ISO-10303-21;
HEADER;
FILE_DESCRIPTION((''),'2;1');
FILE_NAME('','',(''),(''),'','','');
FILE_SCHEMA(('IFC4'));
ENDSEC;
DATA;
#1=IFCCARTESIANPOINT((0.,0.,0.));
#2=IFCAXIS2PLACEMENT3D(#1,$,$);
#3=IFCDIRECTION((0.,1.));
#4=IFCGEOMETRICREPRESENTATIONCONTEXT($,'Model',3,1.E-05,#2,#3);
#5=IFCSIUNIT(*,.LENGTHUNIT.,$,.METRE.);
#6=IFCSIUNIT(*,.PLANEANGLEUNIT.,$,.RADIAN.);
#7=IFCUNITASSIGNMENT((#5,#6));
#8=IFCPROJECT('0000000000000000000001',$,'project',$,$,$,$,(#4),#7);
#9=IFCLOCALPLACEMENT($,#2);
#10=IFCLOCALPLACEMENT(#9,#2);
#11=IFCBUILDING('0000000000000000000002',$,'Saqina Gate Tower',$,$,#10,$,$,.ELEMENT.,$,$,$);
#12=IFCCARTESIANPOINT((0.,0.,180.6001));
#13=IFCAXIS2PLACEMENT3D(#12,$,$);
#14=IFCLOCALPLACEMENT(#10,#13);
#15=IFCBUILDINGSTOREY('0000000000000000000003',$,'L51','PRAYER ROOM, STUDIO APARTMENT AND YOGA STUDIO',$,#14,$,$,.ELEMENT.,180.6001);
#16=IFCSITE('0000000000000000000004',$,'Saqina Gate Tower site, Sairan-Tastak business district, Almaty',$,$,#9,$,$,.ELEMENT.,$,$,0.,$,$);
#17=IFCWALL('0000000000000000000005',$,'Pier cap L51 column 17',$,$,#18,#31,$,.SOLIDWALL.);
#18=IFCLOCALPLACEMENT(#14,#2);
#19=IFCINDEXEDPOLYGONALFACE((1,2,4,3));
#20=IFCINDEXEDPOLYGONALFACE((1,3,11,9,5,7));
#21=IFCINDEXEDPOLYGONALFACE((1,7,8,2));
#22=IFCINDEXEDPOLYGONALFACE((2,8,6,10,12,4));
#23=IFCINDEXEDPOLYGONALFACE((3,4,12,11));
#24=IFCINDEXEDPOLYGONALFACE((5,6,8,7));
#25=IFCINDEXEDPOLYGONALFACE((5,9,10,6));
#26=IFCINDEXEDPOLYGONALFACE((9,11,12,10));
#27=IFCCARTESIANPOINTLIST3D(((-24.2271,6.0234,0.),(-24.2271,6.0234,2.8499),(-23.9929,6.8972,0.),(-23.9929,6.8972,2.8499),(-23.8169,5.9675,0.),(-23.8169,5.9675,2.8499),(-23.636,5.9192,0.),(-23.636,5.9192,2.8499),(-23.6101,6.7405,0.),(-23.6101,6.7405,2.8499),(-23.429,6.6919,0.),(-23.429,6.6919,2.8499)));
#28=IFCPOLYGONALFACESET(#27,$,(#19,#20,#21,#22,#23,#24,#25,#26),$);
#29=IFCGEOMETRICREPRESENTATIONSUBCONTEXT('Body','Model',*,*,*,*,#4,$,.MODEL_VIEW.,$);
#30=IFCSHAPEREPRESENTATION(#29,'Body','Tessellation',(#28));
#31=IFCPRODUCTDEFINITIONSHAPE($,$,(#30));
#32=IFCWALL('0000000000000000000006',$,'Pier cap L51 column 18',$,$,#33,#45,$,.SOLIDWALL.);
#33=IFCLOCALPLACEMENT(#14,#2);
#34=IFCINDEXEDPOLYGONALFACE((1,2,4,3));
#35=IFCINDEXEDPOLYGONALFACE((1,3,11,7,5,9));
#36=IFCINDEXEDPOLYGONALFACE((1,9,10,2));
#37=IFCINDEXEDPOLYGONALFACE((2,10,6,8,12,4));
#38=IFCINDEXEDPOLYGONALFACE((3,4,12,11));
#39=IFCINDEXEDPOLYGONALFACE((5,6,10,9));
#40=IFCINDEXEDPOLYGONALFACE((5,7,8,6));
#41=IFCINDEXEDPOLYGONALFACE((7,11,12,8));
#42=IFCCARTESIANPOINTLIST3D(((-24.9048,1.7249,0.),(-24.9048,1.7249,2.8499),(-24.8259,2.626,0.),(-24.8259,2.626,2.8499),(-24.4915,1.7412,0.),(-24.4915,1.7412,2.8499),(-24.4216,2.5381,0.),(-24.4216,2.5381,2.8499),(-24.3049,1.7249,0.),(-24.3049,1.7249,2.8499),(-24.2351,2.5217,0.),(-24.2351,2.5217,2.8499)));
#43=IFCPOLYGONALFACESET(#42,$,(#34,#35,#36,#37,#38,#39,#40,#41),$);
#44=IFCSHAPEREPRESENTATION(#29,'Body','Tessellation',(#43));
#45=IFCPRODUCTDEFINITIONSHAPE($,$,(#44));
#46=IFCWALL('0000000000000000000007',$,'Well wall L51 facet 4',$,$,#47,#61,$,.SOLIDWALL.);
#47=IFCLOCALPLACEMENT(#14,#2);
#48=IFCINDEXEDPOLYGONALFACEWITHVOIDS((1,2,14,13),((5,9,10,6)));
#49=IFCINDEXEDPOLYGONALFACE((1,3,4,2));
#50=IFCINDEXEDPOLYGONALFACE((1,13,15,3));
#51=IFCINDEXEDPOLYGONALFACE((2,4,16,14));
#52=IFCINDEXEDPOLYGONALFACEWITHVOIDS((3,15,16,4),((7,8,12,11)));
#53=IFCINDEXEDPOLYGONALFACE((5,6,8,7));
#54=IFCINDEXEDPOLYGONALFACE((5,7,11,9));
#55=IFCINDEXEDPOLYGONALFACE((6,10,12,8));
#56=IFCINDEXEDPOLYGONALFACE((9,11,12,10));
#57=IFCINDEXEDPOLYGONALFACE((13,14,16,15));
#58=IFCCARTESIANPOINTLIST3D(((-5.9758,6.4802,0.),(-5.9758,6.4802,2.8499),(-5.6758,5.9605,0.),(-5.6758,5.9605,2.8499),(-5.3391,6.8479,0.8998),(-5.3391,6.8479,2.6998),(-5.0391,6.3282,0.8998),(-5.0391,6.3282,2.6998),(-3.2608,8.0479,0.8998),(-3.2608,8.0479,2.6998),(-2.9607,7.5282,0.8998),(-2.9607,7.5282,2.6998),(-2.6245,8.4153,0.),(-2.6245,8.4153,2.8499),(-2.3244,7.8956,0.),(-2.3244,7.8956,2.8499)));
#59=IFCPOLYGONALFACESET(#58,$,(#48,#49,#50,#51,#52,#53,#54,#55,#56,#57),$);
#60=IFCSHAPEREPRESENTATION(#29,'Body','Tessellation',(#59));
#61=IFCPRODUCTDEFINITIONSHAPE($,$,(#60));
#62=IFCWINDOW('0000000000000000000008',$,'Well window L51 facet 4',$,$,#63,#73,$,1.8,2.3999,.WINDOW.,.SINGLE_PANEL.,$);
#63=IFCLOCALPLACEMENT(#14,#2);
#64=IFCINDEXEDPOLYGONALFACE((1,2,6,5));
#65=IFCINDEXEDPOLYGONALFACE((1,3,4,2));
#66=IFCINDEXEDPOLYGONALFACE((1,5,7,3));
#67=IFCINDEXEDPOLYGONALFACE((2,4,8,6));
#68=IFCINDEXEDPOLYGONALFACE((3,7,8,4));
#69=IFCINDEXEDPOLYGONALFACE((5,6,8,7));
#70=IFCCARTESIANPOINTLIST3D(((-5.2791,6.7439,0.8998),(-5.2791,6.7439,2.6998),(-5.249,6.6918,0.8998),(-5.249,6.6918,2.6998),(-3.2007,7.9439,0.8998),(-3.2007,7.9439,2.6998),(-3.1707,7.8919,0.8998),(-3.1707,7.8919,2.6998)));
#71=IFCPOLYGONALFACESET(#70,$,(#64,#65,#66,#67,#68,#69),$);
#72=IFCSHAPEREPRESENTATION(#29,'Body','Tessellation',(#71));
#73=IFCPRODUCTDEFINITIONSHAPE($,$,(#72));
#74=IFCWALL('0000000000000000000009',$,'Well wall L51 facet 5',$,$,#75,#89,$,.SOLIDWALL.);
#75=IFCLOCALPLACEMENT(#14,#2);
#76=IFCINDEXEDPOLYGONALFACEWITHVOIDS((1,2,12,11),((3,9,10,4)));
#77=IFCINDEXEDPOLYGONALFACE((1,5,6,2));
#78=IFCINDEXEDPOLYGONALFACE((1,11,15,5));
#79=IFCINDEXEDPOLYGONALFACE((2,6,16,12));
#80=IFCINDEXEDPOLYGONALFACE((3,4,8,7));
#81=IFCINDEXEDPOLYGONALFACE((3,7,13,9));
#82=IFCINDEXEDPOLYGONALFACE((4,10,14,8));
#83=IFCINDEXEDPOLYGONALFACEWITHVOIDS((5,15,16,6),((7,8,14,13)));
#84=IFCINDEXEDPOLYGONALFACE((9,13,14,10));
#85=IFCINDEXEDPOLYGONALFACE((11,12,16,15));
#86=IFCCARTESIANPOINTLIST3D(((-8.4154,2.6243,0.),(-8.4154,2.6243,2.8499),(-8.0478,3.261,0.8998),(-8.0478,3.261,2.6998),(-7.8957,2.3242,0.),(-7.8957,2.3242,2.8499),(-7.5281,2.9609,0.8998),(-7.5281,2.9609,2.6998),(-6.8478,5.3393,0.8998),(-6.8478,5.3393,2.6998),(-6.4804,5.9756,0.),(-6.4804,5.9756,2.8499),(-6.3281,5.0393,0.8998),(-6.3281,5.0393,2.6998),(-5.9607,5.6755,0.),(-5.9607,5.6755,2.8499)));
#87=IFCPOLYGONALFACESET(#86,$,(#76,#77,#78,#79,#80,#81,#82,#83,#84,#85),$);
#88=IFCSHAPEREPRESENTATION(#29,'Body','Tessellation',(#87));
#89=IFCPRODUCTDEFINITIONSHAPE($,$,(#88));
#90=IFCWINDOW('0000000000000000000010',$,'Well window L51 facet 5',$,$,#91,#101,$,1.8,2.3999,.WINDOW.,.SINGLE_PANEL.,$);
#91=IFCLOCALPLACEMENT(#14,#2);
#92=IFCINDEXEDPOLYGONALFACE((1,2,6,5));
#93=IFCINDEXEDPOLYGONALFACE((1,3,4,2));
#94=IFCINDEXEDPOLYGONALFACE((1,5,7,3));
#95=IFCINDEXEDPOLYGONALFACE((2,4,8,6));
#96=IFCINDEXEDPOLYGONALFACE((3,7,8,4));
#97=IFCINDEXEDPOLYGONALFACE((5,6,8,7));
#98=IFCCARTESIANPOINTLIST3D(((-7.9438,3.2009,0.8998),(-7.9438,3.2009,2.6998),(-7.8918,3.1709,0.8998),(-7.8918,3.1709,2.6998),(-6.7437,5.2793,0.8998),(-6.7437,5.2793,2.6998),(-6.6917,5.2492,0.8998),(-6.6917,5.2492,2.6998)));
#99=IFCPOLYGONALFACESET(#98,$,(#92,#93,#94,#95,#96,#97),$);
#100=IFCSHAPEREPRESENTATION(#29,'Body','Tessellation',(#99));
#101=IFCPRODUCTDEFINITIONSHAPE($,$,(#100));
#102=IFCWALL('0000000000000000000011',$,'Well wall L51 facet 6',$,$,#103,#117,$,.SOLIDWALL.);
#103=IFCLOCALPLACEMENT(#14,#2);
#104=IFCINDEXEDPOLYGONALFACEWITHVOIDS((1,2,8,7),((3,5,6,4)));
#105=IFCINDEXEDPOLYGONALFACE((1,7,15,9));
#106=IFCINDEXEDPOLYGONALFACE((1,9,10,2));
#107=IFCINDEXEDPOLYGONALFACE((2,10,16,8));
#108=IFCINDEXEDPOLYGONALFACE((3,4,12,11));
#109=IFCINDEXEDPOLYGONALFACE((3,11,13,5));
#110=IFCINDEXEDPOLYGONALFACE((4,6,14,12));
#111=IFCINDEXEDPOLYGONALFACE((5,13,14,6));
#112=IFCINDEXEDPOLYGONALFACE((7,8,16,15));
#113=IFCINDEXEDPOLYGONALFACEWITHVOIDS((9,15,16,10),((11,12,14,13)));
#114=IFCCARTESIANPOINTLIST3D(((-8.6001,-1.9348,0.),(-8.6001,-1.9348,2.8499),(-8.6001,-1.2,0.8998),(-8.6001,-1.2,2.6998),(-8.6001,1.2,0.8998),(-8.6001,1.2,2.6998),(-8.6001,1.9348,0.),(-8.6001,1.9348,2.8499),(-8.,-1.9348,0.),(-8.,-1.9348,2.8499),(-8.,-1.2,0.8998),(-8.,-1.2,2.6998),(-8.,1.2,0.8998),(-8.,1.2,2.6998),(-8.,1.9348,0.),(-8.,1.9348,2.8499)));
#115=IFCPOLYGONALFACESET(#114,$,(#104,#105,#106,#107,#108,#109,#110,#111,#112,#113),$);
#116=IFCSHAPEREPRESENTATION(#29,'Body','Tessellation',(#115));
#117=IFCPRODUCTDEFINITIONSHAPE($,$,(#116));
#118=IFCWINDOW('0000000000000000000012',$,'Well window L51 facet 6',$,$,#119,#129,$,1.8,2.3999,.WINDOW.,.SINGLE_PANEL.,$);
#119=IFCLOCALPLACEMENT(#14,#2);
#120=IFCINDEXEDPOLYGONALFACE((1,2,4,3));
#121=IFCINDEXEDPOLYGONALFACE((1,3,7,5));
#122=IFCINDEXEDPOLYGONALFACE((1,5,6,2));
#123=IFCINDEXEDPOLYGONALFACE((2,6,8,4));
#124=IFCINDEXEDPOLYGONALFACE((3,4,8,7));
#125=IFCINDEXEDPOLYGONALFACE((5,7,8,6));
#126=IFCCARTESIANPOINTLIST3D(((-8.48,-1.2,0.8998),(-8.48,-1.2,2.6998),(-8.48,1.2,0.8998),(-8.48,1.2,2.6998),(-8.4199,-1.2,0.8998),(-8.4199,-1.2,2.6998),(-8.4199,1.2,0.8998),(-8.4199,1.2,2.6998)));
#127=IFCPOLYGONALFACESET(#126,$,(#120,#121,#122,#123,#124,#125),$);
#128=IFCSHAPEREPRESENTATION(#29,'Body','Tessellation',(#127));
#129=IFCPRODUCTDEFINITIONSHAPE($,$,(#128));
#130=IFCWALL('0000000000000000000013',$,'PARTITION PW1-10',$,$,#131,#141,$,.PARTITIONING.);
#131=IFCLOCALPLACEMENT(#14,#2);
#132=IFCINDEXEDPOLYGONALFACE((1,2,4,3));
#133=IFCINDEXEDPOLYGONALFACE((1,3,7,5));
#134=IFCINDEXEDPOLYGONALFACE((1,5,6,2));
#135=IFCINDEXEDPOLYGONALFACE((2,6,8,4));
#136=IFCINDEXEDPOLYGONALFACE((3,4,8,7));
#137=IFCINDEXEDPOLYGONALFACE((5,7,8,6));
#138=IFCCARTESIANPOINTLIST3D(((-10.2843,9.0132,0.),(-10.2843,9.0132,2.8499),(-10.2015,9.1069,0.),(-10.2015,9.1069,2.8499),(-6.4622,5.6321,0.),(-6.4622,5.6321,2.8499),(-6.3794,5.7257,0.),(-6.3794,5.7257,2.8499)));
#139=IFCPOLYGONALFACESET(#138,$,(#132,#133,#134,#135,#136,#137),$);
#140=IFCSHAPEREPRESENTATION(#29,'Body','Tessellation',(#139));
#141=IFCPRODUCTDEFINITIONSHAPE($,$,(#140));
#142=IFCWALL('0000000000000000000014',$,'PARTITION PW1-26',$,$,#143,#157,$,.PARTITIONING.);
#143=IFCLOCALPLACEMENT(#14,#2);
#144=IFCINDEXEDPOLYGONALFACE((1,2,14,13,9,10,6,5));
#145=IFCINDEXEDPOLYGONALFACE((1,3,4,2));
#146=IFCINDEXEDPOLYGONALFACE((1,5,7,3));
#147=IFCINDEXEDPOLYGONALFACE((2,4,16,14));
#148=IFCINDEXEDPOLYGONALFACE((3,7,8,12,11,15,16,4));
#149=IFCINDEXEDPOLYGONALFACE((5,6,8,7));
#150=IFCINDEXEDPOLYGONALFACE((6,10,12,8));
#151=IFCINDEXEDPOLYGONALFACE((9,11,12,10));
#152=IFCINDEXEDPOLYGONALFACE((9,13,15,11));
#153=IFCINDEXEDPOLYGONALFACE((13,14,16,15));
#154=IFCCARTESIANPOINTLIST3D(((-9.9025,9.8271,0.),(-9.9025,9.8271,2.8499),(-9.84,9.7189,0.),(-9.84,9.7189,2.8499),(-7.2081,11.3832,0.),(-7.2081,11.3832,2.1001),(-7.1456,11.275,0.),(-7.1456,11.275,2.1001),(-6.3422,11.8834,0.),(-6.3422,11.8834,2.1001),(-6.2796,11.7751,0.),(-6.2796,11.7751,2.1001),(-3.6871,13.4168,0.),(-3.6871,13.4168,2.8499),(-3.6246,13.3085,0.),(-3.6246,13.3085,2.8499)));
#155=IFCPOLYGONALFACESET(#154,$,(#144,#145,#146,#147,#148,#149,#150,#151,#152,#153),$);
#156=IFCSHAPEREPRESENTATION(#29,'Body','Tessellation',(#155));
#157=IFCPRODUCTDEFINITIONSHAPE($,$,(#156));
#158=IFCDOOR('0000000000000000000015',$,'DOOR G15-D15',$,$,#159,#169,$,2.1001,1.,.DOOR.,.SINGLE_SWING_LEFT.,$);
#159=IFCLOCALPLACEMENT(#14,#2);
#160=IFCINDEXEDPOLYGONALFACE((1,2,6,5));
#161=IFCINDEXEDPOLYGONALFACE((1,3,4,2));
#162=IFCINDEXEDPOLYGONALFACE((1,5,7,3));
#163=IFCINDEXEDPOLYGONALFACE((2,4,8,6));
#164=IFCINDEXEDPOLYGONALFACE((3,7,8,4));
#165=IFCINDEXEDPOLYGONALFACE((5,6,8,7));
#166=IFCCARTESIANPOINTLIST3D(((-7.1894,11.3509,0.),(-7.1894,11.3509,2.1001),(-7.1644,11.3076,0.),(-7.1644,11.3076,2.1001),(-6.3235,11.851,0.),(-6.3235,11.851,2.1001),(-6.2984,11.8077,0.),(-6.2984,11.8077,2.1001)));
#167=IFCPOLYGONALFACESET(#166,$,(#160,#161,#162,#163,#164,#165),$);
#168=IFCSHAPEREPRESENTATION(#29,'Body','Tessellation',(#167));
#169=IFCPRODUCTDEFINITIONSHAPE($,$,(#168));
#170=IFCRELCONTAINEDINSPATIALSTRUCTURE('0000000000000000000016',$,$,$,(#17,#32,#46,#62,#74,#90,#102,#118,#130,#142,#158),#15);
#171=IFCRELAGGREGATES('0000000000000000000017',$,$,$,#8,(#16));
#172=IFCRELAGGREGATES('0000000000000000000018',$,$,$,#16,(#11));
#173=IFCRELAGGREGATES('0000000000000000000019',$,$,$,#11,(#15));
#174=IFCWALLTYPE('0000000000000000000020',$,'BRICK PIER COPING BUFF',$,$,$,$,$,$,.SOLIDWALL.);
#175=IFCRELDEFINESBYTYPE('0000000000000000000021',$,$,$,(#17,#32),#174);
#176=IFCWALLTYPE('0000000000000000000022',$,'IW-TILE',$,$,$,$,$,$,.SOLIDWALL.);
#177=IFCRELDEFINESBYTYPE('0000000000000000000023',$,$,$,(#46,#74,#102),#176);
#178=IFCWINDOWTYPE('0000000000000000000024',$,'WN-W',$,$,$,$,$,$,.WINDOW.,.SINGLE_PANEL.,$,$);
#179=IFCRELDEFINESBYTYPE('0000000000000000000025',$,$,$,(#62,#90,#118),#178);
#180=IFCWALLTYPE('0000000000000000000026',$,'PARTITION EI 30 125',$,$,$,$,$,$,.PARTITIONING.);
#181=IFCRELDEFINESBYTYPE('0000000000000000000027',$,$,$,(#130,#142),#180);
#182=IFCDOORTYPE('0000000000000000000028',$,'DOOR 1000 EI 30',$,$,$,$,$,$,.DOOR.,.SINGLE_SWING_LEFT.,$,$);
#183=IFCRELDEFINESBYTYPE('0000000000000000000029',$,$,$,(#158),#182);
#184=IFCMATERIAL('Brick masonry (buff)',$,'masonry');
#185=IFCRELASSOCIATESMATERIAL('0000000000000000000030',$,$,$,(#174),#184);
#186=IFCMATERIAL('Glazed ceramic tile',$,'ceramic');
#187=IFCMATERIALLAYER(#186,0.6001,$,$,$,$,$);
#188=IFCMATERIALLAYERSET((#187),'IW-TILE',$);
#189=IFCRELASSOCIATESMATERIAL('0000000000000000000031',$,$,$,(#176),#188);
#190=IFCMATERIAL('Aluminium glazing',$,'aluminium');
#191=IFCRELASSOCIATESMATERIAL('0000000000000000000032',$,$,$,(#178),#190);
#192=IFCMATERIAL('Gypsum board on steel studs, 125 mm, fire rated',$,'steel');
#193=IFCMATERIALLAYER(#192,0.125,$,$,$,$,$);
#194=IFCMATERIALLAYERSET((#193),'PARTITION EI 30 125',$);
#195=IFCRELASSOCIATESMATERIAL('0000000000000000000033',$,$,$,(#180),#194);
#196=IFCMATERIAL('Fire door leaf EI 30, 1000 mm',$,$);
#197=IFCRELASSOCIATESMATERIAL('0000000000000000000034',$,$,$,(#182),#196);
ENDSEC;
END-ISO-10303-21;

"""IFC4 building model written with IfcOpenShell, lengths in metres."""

from ifc_helpers import new_model, si_unit, direction, frame, frame_2d, origin, place, context, subcontext, project, spatial, polyline, rectangle, outline, extrude, material, layer, layer_set, type_object, element, fill, save


model = new_model("IFC4")

# Units and contexts
model_context = context("Model", 3, precision=1e-05, world=origin(), true_north=direction((0.0, 1.0)))
body_context = subcontext(model_context, "Body", "Model", "MODEL_VIEW")
ifc_project = project(units=[si_unit("LENGTHUNIT", "METRE"), si_unit("PLANEANGLEUNIT", "RADIAN")], contexts=[model_context])

# Site, building, storey
site_placement = place(None, origin())
site = spatial("IfcSite", under=ifc_project, at=site_placement, Name="Saqina Gate Tower site, Sairan-Tastak business district, Almaty", CompositionType="ELEMENT", RefElevation=0.0)
building_placement = place(site_placement, origin())
building = spatial("IfcBuilding", under=site, at=building_placement, Name="Saqina Gate Tower", CompositionType="ELEMENT")
storey_placement = place(building_placement, frame((0.0, 0.0, 180.6001)))
storey = spatial("IfcBuildingStorey", under=building, at=storey_placement, Name="L51", Description="PRAYER ROOM, STUDIO APARTMENT AND YOGA STUDIO", CompositionType="ELEMENT", Elevation=180.6001)

# Walls
ifc_material_1 = material(Name="Brick masonry (buff)", Category="masonry")
wall_type_1 = type_object("IfcWallType", Name="BRICK PIER COPING BUFF", PredefinedType="SOLIDWALL", material=ifc_material_1)
wall_1_placement = place(storey_placement, origin())
element("IfcWall", 1, at=wall_1_placement, inside=storey, type_object=wall_type_1, Name="Pier cap L51 column 17", PredefinedType="SOLIDWALL", context=body_context, shape_type="SweptSolid", body=[
    extrude(outline(polyline([(-24.2271, 6.0234), (-23.636, 5.9192), (-23.8169, 5.9675), (-23.6101, 6.7405), (-23.429, 6.6919), (-23.9929, 6.8972), (-24.2271, 6.0234)])), origin(), (0.0, 0.0, 1.0), 2.8499),
])
wall_2_placement = place(storey_placement, origin())
element("IfcWall", 2, at=wall_2_placement, inside=storey, type_object=wall_type_1, Name="Pier cap L51 column 18", PredefinedType="SOLIDWALL", context=body_context, shape_type="SweptSolid", body=[
    extrude(outline(polyline([(-24.8259, 2.626), (-24.9048, 1.7249), (-24.3049, 1.7249), (-24.4915, 1.7412), (-24.4216, 2.5381), (-24.2351, 2.5217), (-24.8259, 2.626)])), origin(), (0.0, 0.0, 1.0), 2.8499),
])

# Walls, openings, windows
ifc_material_2 = material(Name="Glazed ceramic tile", Category="ceramic")
ifc_layer_1 = layer(ifc_material_2, 0.6001)
ifc_layer_set_1 = layer_set([ifc_layer_1], Name="IW-TILE")
wall_type_2 = type_object("IfcWallType", Name="IW-TILE", PredefinedType="SOLIDWALL", material=ifc_layer_set_1)
wall_3_placement = place(storey_placement, frame((-2.4744, 8.1555, 0.0), z_axis=(0.0, 0.0, 1.0), x_axis=(-0.866006, -0.500034, 0.0)))
wall_3 = element("IfcWall", 3, at=wall_3_placement, inside=storey, type_object=wall_type_2, Name="Well wall L51 facet 4", PredefinedType="SOLIDWALL", context=body_context, shape_type="SweptSolid", body=[
    extrude(rectangle(XDim=3.8699, YDim=0.6001, at=frame_2d((1.9351, 0.0))), origin(), (0.0, 0.0, 1.0), 2.8499),
])
opening_1_placement = place(wall_3_placement, frame((0.7349, 0.0, 0.8999)))
opening_1 = element("IfcOpeningElement", 4, at=opening_1_placement, cuts=wall_3, PredefinedType="OPENING", context=body_context, shape_type="SweptSolid", body=[
    extrude(rectangle(XDim=2.3999, YDim=1.8, at=frame_2d((1.2, 0.8999))), frame((0.0, 0.312, 0.0), z_axis=(0.0, -1.0, 0.0), x_axis=(1.0, 0.0, 0.0)), (0.0, 0.0, 1.0), 0.624),
])
ifc_material_3 = material(Name="Aluminium glazing", Category="aluminium")
window_type = type_object("IfcWindowType", Name="WN-W", PartitioningType="SINGLE_PANEL", PredefinedType="WINDOW", material=ifc_material_3)
window_1_placement = place(opening_1_placement, origin())
window_1 = element("IfcWindow", 5, at=window_1_placement, inside=storey, type_object=window_type, Name="Well window L51 facet 4", OverallHeight=1.8, OverallWidth=2.3999, PartitioningType="SINGLE_PANEL", PredefinedType="WINDOW", context=body_context, shape_type="SweptSolid", body=[
    extrude(rectangle(XDim=2.3999, YDim=1.8, at=frame_2d((1.2, 0.8999))), frame((0.0, -0.1199, 0.0), z_axis=(0.0, -1.0, 0.0), x_axis=(1.0, 0.0, 0.0)), (0.0, 0.0, 1.0), 0.0601),
])
fill(opening_1, window_1)
wall_4_placement = place(storey_placement, frame((-6.2205, 5.8257, 0.0), z_axis=(0.0, 0.0, 1.0), x_axis=(-0.500034, -0.866006, 0.0)))
wall_4 = element("IfcWall", 6, at=wall_4_placement, inside=storey, type_object=wall_type_2, Name="Well wall L51 facet 5", PredefinedType="SOLIDWALL", context=body_context, shape_type="SweptSolid", body=[
    extrude(rectangle(XDim=3.8699, YDim=0.6001, at=frame_2d((1.9351, 0.0))), origin(), (0.0, 0.0, 1.0), 2.8499),
])
opening_2_placement = place(wall_4_placement, frame((0.7349, 0.0, 0.8999)))
opening_2 = element("IfcOpeningElement", 7, at=opening_2_placement, cuts=wall_4, PredefinedType="OPENING", context=body_context, shape_type="SweptSolid", body=[
    extrude(rectangle(XDim=2.3999, YDim=1.8, at=frame_2d((1.2, 0.8999))), frame((0.0, 0.312, 0.0), z_axis=(0.0, -1.0, 0.0), x_axis=(1.0, 0.0, 0.0)), (0.0, 0.0, 1.0), 0.624),
])
window_2_placement = place(opening_2_placement, origin())
window_2 = element("IfcWindow", 8, at=window_2_placement, inside=storey, type_object=window_type, Name="Well window L51 facet 5", OverallHeight=1.8, OverallWidth=2.3999, PartitioningType="SINGLE_PANEL", PredefinedType="WINDOW", context=body_context, shape_type="SweptSolid", body=[
    extrude(rectangle(XDim=2.3999, YDim=1.8, at=frame_2d((1.2, 0.8999))), frame((0.0, -0.1199, 0.0), z_axis=(0.0, -1.0, 0.0), x_axis=(1.0, 0.0, 0.0)), (0.0, 0.0, 1.0), 0.0601),
])
fill(opening_2, window_2)
wall_5_placement = place(storey_placement, frame((-8.3, 1.9348, 0.0), z_axis=(0.0, 0.0, 1.0), x_axis=(0.0, -1.0, 0.0)))
wall_5 = element("IfcWall", 9, at=wall_5_placement, inside=storey, type_object=wall_type_2, Name="Well wall L51 facet 6", PredefinedType="SOLIDWALL", context=body_context, shape_type="SweptSolid", body=[
    extrude(rectangle(XDim=3.8696, YDim=0.6001, at=frame_2d((1.9348, 0.0))), origin(), (0.0, 0.0, 1.0), 2.8499),
])
opening_3_placement = place(wall_5_placement, frame((0.7349, 0.0, 0.8999)))
opening_3 = element("IfcOpeningElement", 10, at=opening_3_placement, cuts=wall_5, PredefinedType="OPENING", context=body_context, shape_type="SweptSolid", body=[
    extrude(rectangle(XDim=2.3999, YDim=1.8, at=frame_2d((1.2, 0.8999))), frame((0.0, 0.312, 0.0), z_axis=(0.0, -1.0, 0.0), x_axis=(1.0, 0.0, 0.0)), (0.0, 0.0, 1.0), 0.624),
])
window_3_placement = place(opening_3_placement, origin())
window_3 = element("IfcWindow", 11, at=window_3_placement, inside=storey, type_object=window_type, Name="Well window L51 facet 6", OverallHeight=1.8, OverallWidth=2.3999, PartitioningType="SINGLE_PANEL", PredefinedType="WINDOW", context=body_context, shape_type="SweptSolid", body=[
    extrude(rectangle(XDim=2.3999, YDim=1.8, at=frame_2d((1.2, 0.8999))), frame((0.0, -0.1199, 0.0), z_axis=(0.0, -1.0, 0.0), x_axis=(1.0, 0.0, 0.0)), (0.0, 0.0, 1.0), 0.0601),
])
fill(opening_3, window_3)

# Wall
ifc_material_4 = material(Name="Gypsum board on steel studs, 125 mm, fire rated", Category="steel")
ifc_layer_2 = layer(ifc_material_4, 0.125)
ifc_layer_set_2 = layer_set([ifc_layer_2], Name="PARTITION EI 30 125")
wall_type_3 = type_object("IfcWallType", Name="PARTITION EI 30 125", PredefinedType="PARTITIONING", material=ifc_layer_set_2)
wall_6_placement = place(storey_placement, frame((-10.2429, 9.0601, 0.0), z_axis=(0.0, 0.0, 1.0), x_axis=(0.748988, -0.662583, 0.0)))
element("IfcWall", 12, at=wall_6_placement, inside=storey, type_object=wall_type_3, Name="PARTITION PW1-10", PredefinedType="PARTITIONING", context=body_context, shape_type="SweptSolid", body=[
    extrude(rectangle(XDim=5.103, YDim=0.125, at=frame_2d((2.5515, 0.0))), origin(), (0.0, 0.0, 1.0), 2.8499),
])

# Wall, opening, door
wall_7_placement = place(storey_placement, frame((-9.8713, 9.7729, 0.0), z_axis=(0.0, 0.0, 1.0), x_axis=(0.865954, 0.500123, 0.0)))
wall_7 = element("IfcWall", 13, at=wall_7_placement, inside=storey, type_object=wall_type_3, Name="PARTITION PW1-26", PredefinedType="PARTITIONING", context=body_context, shape_type="SweptSolid", body=[
    extrude(rectangle(XDim=7.1775, YDim=0.125, at=frame_2d((3.5889, 0.0))), origin(), (0.0, 0.0, 1.0), 2.8499),
])
opening_4_placement = place(wall_7_placement, frame((3.1116, 0.0, 0.0)))
opening_4 = element("IfcOpeningElement", 14, at=opening_4_placement, cuts=wall_7, PredefinedType="OPENING", context=body_context, shape_type="SweptSolid", body=[
    extrude(rectangle(XDim=1.0, YDim=2.1001, at=frame_2d((0.5, 1.05))), frame((0.0, 0.0745, 0.0), z_axis=(0.0, -1.0, 0.0), x_axis=(1.0, 0.0, 0.0)), (0.0, 0.0, 1.0), 0.1489),
])
ifc_material_5 = material(Name="Fire door leaf EI 30, 1000 mm")
door_type = type_object("IfcDoorType", Name="DOOR 1000 EI 30", OperationType="SINGLE_SWING_LEFT", PredefinedType="DOOR", material=ifc_material_5)
door_placement = place(opening_4_placement, frame((1.0, 0.0, 0.0), z_axis=(0.0, 0.0, 1.0), x_axis=(-1.0, 0.0, 0.0)))
door = element("IfcDoor", 15, at=door_placement, inside=storey, type_object=door_type, Name="DOOR G15-D15", OperationType="SINGLE_SWING_LEFT", OverallHeight=2.1001, OverallWidth=1.0, PredefinedType="DOOR", context=body_context, shape_type="SweptSolid", body=[
    extrude(rectangle(XDim=1.0, YDim=2.1001, at=frame_2d((0.5, 1.05))), frame((0.0, 0.0249, 0.0), z_axis=(0.0, -1.0, 0.0), x_axis=(1.0, 0.0, 0.0)), (0.0, 0.0, 1.0), 0.05),
])
fill(opening_4, door)

save(model, "model.ifc")
